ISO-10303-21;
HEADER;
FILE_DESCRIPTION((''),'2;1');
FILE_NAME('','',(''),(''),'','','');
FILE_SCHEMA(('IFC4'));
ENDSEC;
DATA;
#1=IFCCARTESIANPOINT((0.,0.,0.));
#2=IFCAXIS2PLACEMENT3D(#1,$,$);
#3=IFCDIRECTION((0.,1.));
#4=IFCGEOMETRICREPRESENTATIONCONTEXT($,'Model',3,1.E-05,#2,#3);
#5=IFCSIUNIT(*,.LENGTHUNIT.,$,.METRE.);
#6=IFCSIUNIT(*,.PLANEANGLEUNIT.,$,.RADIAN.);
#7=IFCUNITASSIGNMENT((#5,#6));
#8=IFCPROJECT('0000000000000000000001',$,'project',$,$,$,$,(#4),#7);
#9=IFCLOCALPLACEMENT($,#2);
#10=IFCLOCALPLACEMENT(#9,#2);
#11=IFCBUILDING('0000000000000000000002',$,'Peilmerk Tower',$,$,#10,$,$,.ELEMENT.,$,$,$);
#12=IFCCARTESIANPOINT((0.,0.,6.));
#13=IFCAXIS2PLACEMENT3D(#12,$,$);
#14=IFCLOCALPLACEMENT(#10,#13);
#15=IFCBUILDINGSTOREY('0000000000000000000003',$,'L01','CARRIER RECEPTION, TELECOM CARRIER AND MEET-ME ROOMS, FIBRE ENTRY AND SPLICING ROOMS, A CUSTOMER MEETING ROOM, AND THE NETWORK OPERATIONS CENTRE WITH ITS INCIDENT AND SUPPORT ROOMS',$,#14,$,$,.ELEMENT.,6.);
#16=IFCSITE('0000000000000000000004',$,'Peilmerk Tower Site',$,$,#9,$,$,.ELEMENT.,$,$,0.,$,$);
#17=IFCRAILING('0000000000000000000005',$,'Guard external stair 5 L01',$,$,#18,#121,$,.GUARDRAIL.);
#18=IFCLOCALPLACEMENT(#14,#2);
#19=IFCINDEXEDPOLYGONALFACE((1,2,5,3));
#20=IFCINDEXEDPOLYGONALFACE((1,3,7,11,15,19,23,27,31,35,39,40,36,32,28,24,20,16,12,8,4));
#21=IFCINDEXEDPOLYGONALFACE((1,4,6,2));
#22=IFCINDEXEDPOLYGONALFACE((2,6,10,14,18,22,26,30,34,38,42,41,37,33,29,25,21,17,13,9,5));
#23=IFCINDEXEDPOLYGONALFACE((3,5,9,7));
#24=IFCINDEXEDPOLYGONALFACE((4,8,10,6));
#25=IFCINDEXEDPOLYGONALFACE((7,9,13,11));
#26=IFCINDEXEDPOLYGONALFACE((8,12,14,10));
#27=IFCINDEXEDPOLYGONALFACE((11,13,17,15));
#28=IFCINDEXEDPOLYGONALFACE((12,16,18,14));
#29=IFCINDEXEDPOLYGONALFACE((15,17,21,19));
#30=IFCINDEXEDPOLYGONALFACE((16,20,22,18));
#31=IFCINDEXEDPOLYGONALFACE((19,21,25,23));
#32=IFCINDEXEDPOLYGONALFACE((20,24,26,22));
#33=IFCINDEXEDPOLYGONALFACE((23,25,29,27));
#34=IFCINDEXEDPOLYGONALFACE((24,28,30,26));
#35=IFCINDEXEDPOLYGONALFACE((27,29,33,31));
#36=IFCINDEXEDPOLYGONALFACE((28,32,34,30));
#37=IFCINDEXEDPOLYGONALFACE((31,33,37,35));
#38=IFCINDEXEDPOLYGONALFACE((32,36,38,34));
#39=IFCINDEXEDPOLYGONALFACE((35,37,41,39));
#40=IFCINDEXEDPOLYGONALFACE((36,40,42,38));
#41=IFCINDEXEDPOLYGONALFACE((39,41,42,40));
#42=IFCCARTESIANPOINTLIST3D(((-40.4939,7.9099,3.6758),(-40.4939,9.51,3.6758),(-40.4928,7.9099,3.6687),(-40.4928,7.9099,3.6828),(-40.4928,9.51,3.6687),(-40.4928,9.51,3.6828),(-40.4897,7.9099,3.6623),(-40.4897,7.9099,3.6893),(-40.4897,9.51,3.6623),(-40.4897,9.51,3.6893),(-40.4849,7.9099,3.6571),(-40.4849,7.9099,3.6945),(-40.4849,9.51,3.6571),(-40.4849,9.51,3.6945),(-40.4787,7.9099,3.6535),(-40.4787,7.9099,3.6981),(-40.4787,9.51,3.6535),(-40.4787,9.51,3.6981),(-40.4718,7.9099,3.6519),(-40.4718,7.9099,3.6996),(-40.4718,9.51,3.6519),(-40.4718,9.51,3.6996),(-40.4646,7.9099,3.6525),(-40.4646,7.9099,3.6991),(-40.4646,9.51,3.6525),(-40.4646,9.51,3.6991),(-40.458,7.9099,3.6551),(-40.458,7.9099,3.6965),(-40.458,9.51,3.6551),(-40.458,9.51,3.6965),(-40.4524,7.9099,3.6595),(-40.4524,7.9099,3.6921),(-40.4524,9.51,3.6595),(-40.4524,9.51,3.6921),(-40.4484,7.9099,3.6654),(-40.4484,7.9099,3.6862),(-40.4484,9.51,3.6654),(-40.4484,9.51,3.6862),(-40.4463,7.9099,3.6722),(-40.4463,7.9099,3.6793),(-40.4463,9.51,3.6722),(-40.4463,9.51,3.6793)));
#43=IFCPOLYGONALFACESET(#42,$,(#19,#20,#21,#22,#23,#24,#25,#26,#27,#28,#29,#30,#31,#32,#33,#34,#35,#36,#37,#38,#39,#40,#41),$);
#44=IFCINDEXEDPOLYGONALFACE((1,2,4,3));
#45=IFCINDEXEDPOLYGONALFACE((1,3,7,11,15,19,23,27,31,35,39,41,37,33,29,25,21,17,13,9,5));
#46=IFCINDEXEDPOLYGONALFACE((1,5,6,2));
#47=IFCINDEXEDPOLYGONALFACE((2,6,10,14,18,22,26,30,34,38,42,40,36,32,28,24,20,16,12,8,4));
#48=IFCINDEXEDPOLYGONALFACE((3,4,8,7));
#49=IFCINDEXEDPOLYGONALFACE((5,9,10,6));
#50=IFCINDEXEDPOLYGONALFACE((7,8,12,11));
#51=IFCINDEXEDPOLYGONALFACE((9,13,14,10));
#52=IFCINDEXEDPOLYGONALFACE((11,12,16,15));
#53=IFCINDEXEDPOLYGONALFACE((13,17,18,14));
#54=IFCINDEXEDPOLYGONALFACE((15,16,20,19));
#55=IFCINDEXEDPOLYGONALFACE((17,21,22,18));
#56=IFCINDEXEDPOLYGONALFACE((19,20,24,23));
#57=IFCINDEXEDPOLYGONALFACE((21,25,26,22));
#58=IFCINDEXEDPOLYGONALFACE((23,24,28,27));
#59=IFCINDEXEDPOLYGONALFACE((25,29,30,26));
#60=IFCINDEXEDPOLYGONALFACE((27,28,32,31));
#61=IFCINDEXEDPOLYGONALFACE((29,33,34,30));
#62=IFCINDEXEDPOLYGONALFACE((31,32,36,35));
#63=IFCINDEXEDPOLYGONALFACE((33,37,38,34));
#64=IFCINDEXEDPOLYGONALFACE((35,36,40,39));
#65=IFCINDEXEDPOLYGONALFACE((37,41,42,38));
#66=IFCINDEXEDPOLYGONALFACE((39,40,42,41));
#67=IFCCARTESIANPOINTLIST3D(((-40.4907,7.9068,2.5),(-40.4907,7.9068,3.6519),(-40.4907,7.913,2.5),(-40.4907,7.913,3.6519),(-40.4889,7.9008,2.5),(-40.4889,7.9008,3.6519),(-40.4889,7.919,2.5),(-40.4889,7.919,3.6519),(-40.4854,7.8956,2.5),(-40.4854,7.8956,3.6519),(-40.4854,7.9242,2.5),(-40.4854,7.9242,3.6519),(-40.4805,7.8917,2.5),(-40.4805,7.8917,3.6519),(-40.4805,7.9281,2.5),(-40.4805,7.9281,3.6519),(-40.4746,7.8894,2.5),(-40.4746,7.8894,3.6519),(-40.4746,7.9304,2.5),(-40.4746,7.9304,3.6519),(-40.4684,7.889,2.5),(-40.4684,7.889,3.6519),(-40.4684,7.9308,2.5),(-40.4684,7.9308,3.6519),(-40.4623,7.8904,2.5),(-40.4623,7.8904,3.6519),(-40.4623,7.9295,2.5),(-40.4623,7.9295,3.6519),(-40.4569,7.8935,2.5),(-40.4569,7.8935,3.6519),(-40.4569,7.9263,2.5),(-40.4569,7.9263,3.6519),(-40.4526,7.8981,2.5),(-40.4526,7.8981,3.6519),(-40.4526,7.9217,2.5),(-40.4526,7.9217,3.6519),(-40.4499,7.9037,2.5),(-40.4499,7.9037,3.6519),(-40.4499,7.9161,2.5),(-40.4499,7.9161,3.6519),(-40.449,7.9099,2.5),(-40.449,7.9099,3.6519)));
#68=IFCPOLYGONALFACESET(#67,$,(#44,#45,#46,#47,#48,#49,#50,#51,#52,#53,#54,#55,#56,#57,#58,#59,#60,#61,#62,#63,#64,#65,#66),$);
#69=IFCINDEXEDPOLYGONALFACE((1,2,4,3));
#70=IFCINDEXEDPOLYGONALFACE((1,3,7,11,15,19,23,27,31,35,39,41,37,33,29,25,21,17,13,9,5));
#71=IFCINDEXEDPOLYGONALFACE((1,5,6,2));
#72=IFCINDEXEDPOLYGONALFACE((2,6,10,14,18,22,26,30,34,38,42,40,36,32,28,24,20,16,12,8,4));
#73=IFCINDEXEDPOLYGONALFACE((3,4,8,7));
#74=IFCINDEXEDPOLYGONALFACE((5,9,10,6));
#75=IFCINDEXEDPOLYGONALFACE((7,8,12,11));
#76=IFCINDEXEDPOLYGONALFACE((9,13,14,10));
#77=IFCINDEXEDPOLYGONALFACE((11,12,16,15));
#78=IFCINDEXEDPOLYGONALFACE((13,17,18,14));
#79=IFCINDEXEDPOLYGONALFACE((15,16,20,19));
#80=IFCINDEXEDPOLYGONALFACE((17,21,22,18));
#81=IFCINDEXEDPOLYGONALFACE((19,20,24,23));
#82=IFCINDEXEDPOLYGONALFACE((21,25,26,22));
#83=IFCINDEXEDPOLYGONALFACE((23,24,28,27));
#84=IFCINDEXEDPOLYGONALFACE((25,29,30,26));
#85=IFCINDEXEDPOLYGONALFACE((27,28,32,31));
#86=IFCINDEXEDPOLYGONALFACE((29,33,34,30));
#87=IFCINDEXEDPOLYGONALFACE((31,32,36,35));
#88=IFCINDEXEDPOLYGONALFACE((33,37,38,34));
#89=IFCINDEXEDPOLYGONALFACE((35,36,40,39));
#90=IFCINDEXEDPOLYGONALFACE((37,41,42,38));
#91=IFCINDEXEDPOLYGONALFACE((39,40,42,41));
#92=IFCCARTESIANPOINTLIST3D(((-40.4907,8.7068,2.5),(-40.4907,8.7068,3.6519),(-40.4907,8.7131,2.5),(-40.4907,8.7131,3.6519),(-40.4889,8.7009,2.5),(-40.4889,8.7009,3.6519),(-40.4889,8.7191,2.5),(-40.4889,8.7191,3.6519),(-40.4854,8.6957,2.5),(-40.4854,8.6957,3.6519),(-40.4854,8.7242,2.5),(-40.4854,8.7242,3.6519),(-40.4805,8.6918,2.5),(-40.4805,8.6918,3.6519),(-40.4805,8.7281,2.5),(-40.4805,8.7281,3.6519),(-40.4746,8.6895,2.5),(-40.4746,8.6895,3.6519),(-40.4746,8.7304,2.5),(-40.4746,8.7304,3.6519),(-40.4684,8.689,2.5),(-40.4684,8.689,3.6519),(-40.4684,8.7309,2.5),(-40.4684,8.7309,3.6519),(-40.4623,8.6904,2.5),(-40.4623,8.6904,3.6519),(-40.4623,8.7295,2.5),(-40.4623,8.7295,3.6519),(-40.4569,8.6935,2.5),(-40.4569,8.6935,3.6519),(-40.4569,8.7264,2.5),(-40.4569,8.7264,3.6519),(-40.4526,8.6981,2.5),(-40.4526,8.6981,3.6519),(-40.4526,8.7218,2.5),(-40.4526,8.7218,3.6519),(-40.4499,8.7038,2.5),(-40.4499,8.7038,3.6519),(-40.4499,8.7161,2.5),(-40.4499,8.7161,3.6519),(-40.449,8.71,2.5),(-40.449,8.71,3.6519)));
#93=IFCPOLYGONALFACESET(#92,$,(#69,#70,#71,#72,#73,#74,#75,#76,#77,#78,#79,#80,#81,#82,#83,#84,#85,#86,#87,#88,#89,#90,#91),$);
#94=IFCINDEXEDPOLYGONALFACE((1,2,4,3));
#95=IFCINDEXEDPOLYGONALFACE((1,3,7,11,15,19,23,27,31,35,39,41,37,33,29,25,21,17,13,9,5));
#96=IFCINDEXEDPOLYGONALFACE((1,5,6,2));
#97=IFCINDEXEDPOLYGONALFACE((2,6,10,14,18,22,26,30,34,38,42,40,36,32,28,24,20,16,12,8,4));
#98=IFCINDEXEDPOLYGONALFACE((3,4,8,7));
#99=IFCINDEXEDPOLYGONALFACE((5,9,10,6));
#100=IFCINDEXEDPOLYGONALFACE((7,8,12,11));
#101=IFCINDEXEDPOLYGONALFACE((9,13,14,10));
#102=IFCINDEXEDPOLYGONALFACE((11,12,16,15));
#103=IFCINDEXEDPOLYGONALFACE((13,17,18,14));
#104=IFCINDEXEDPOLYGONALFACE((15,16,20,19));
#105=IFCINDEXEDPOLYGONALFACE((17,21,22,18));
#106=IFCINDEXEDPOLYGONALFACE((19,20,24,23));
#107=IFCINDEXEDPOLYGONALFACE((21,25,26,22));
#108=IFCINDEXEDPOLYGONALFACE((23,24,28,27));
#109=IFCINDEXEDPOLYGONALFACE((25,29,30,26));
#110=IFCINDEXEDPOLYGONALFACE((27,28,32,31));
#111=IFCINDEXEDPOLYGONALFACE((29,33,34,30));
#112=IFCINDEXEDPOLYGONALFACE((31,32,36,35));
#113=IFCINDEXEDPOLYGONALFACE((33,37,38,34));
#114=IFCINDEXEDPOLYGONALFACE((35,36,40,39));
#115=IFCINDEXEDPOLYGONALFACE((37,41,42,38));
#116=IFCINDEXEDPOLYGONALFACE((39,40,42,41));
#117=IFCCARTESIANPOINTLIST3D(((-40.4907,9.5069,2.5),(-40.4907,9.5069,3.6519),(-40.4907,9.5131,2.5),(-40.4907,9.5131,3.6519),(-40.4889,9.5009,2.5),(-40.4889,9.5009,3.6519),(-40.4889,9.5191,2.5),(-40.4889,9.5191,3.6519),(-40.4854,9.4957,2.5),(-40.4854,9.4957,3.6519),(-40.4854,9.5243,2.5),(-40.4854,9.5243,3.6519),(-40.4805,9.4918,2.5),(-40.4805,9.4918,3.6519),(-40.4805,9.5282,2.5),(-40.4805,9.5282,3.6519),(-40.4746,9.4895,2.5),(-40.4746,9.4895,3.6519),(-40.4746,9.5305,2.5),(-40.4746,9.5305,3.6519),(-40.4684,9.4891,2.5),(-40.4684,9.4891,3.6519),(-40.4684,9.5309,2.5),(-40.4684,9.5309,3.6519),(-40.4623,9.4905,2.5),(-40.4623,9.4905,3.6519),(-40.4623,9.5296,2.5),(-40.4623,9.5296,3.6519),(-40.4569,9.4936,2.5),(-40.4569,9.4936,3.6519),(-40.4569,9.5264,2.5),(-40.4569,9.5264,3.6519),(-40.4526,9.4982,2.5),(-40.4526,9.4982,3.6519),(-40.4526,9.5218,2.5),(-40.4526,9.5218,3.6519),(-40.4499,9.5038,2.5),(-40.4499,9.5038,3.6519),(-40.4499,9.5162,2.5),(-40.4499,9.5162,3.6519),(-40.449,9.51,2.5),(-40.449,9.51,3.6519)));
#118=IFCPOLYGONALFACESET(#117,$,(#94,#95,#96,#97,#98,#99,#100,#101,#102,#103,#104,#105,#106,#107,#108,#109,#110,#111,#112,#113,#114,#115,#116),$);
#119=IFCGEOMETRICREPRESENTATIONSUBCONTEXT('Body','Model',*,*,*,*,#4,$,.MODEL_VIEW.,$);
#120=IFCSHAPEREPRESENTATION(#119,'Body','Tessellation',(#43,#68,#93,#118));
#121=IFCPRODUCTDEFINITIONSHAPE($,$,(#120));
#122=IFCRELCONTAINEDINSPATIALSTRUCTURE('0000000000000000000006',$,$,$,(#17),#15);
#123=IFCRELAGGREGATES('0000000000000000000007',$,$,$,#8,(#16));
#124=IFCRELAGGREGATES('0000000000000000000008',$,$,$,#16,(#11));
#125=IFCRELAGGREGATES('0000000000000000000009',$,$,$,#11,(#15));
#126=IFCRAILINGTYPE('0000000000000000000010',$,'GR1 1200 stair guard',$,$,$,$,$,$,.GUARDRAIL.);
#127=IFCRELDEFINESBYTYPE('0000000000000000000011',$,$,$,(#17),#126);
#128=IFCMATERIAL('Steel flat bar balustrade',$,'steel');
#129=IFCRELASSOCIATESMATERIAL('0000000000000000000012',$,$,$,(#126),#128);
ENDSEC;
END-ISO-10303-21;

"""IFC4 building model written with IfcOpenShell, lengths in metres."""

from ifc_helpers import new_model, si_unit, direction, frame, origin, origin_2d, place, context, subcontext, project, spatial, circle, extrude, material, type_object, element, save


model = new_model("IFC4")

# Units and contexts
model_context = context("Model", 3, precision=1e-05, world=origin(), true_north=direction((0.0, 1.0)))
body_context = subcontext(model_context, "Body", "Model", "MODEL_VIEW")
ifc_project = project(units=[si_unit("LENGTHUNIT", "METRE"), si_unit("PLANEANGLEUNIT", "RADIAN")], contexts=[model_context])

# Site, building, storey
site_placement = place(None, origin())
site = spatial("IfcSite", under=ifc_project, at=site_placement, Name="Peilmerk Tower Site", CompositionType="ELEMENT", RefElevation=0.0)
building_placement = place(site_placement, origin())
building = spatial("IfcBuilding", under=site, at=building_placement, Name="Peilmerk Tower", CompositionType="ELEMENT")
storey_placement = place(building_placement, frame((0.0, 0.0, 6.0)))
storey = spatial("IfcBuildingStorey", under=building, at=storey_placement, Name="L01", Description="CARRIER RECEPTION, TELECOM CARRIER AND MEET-ME ROOMS, FIBRE ENTRY AND SPLICING ROOMS, A CUSTOMER MEETING ROOM, AND THE NETWORK OPERATIONS CENTRE WITH ITS INCIDENT AND SUPPORT ROOMS", CompositionType="ELEMENT", Elevation=6.0)

# Railing
ifc_material_1 = material(Name="Steel flat bar balustrade", Category="steel")
railing_type_1 = type_object("IfcRailingType", Name="GR1 1200 stair guard", PredefinedType="GUARDRAIL", material=ifc_material_1)
railing_1_placement = place(storey_placement, frame((-40.47, 7.9099, 2.5)))
element("IfcRailing", 1, at=railing_1_placement, inside=storey, type_object=railing_type_1, Name="Guard external stair 5 L01", PredefinedType="GUARDRAIL", context=body_context, shape_type="SweptSolid", body=[
    extrude(circle(Radius=0.0239, at=origin_2d()), frame((0.0, 0.0, 1.1758), z_axis=(0.0, 1.0, 0.0), x_axis=(-1.0, 0.0, 0.0)), (0.0, 0.0, 1.0), 1.6001),
    extrude(circle(Radius=0.021, at=origin_2d()), origin(), (0.0, 0.0, 1.0), 1.1519),
    extrude(circle(Radius=0.021, at=origin_2d()), frame((0.0, 0.8, 0.0)), (0.0, 0.0, 1.0), 1.1519),
    extrude(circle(Radius=0.021, at=origin_2d()), frame((0.0, 1.6001, 0.0)), (0.0, 0.0, 1.0), 1.1519),
])

save(model, "model.ifc")
